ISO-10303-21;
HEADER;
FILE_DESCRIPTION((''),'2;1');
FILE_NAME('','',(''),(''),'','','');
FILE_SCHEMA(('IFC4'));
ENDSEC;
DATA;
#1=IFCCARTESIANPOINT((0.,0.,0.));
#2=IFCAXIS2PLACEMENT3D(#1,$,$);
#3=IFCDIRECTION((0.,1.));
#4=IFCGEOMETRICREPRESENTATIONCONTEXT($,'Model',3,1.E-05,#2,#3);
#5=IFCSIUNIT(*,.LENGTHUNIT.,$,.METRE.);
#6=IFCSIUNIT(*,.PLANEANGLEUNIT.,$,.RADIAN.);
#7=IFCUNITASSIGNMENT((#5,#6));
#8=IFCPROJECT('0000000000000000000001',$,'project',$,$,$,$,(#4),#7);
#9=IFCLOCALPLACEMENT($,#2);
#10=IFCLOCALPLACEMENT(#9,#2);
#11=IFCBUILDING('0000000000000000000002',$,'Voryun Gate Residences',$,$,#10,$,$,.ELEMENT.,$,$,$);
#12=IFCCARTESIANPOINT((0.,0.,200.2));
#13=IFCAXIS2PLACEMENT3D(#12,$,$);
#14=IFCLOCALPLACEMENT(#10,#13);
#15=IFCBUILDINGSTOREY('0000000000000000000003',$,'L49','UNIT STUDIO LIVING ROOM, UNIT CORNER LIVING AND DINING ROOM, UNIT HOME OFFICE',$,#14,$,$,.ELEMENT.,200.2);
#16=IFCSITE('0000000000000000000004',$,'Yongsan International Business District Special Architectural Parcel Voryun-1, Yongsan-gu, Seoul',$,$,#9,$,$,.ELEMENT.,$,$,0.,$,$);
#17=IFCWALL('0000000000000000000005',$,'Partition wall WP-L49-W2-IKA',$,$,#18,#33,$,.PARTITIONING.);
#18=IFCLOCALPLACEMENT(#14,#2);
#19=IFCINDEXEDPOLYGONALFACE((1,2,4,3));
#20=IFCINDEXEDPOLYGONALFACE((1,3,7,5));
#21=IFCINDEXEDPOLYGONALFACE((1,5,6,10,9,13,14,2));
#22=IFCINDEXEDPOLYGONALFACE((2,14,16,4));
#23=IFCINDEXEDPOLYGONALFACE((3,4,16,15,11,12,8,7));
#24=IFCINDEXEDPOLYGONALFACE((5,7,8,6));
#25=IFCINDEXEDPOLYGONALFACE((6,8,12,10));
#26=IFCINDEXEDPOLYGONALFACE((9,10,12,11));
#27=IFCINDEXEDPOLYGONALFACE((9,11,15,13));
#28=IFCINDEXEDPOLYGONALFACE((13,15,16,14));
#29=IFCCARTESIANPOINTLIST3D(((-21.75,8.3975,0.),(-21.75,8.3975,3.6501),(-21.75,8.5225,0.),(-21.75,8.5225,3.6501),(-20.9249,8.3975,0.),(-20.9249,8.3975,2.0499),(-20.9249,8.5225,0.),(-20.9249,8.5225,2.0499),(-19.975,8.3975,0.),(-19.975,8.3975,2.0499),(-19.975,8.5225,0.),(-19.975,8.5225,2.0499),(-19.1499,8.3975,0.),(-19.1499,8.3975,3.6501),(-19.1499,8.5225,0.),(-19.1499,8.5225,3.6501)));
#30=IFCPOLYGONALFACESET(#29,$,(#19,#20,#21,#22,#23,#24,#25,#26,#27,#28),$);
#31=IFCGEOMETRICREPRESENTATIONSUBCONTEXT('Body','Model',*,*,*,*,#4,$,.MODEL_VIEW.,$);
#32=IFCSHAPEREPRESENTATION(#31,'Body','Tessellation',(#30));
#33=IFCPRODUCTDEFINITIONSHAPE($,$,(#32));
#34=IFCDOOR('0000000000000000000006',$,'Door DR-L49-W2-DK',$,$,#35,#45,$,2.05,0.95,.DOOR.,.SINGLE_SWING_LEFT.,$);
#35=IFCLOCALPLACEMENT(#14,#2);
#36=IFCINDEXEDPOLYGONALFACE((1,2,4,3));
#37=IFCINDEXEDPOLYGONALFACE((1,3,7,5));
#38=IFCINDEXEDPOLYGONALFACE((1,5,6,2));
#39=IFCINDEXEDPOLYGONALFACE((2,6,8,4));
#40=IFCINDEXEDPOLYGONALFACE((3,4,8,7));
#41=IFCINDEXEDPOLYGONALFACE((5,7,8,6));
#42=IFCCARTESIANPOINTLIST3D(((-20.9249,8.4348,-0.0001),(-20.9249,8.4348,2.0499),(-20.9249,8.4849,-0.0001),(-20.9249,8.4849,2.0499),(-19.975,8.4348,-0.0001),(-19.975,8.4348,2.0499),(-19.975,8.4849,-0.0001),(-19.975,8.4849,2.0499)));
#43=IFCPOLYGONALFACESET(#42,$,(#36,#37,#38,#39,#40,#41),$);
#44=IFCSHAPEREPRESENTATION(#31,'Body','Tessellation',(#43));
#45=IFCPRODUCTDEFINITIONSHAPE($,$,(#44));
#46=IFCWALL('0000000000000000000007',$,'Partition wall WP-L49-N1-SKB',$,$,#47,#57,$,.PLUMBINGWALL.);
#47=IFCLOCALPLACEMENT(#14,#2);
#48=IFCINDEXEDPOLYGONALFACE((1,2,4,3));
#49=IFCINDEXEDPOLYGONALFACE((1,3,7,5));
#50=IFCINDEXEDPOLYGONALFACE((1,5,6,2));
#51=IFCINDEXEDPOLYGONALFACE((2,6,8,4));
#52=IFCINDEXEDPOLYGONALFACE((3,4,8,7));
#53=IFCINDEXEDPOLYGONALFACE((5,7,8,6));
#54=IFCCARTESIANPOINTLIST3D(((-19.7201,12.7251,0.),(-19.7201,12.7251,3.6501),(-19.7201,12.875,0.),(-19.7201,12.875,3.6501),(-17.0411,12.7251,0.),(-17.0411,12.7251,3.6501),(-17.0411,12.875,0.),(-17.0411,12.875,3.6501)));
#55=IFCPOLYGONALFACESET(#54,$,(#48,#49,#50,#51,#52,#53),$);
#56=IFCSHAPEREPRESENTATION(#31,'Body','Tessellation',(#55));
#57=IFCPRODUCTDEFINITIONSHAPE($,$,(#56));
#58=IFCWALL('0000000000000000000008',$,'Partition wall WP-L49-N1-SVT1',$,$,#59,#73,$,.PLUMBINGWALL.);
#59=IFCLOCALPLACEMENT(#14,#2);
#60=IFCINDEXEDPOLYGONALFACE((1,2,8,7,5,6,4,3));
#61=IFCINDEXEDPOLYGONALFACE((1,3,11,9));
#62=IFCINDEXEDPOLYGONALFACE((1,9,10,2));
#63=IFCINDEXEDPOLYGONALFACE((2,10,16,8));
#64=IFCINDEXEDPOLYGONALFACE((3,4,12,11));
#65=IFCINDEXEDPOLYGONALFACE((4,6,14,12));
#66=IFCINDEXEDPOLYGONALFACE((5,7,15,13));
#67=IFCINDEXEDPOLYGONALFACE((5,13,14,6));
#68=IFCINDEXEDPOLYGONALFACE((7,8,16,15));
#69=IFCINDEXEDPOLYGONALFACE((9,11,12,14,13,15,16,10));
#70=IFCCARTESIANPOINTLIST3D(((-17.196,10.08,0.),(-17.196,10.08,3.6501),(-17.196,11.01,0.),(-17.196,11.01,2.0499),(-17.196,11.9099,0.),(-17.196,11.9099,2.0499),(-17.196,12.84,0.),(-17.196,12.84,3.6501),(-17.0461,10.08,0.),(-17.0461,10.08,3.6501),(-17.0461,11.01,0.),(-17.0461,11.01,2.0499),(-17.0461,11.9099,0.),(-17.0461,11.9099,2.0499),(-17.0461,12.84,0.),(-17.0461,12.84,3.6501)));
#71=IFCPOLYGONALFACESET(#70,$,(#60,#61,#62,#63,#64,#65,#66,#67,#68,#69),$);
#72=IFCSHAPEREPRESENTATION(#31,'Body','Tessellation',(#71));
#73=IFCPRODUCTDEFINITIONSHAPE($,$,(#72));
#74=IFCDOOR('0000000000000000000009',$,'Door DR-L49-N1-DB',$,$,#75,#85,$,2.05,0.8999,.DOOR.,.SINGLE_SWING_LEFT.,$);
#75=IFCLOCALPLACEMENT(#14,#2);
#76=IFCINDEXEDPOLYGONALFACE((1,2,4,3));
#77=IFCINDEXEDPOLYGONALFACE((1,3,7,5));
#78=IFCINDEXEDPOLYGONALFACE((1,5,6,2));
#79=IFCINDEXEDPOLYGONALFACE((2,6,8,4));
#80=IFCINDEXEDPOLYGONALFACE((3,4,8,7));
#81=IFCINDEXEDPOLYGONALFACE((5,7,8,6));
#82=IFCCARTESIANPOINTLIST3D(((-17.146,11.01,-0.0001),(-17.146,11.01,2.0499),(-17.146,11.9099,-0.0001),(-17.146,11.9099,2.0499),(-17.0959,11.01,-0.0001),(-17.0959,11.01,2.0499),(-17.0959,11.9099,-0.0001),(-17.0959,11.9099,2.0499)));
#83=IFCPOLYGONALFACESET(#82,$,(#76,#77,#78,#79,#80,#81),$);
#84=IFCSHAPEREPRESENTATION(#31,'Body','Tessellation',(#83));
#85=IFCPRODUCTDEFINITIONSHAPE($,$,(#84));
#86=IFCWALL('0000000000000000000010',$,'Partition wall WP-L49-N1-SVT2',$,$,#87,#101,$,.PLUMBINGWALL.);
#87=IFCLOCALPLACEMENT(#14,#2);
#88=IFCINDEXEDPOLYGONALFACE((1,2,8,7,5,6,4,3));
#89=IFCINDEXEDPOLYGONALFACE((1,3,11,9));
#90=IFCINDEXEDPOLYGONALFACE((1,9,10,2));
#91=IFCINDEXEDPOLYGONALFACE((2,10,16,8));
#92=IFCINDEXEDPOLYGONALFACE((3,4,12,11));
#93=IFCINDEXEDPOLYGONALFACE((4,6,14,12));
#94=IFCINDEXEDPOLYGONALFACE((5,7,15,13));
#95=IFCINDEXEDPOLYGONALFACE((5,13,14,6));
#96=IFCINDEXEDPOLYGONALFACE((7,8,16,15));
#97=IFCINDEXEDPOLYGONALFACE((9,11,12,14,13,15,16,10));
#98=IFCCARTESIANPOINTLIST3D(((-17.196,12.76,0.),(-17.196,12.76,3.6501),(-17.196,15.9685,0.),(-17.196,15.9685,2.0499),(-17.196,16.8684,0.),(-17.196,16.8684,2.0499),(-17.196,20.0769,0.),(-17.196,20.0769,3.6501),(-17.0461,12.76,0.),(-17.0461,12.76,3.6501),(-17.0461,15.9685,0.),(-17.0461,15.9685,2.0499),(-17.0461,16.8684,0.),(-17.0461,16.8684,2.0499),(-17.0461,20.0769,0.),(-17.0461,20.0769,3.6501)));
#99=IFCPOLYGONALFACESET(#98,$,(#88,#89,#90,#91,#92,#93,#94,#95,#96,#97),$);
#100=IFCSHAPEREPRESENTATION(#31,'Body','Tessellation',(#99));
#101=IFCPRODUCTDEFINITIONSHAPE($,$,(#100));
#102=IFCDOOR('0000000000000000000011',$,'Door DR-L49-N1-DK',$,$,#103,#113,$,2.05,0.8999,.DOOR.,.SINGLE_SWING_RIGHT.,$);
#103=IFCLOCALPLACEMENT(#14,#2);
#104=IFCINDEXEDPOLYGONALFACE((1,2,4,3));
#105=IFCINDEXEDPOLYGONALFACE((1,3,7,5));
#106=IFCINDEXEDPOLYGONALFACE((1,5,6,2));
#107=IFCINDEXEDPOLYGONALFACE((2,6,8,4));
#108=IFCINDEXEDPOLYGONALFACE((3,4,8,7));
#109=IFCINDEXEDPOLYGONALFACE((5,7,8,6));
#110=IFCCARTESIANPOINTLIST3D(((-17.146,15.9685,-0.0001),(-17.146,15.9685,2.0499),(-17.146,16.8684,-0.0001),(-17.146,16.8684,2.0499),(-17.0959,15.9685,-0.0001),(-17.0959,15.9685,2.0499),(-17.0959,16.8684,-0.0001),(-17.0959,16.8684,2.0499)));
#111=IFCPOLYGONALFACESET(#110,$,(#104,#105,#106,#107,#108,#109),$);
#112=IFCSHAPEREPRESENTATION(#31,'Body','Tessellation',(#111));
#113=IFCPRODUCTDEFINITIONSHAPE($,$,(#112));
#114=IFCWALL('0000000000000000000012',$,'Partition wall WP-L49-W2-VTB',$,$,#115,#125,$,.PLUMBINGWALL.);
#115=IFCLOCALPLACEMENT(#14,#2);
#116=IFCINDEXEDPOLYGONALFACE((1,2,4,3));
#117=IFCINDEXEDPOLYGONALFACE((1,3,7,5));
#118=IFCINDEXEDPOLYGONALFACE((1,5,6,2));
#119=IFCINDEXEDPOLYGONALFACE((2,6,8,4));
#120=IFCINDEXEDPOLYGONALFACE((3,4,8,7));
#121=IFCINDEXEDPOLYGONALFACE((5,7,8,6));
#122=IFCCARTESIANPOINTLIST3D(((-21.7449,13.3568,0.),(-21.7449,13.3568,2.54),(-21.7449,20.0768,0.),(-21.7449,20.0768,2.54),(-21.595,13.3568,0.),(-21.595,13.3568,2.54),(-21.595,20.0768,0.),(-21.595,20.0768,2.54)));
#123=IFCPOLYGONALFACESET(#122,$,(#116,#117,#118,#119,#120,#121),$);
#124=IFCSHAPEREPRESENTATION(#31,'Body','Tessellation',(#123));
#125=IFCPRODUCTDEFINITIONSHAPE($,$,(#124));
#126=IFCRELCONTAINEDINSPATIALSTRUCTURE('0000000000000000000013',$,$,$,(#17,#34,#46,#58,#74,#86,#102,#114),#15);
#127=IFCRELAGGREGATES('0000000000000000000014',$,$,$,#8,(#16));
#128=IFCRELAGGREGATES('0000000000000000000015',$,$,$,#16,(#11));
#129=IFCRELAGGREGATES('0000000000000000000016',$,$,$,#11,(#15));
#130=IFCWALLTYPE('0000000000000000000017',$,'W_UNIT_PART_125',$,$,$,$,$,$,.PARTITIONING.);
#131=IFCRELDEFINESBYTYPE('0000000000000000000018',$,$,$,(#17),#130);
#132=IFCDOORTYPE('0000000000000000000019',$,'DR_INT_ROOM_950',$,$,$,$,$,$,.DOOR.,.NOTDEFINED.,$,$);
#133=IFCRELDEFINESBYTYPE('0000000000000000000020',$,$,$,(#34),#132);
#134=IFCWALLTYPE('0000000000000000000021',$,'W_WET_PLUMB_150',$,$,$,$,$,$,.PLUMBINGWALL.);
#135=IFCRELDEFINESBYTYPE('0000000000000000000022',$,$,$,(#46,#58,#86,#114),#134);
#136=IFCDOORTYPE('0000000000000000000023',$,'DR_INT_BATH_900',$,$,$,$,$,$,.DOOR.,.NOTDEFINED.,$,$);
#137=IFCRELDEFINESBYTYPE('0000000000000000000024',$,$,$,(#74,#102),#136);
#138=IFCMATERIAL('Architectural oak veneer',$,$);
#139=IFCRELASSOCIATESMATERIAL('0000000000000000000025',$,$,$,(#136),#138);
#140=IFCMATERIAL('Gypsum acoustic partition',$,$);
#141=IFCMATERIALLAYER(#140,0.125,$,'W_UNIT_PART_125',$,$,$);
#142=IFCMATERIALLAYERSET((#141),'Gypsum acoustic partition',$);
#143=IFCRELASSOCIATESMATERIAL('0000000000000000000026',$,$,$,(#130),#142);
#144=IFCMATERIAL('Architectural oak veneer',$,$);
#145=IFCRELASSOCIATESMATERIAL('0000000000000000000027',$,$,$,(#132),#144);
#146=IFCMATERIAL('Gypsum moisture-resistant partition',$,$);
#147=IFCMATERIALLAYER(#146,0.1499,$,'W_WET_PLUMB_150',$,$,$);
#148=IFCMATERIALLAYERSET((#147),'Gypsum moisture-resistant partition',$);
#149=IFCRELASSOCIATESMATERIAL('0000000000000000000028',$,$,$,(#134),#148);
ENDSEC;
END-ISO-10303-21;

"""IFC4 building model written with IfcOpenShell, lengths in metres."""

from ifc_helpers import new_model, si_unit, direction, frame, frame_2d, origin, place, context, subcontext, project, spatial, rectangle, extrude, material, layer, layer_set, type_object, element, fill, save


model = new_model("IFC4")

# Units and contexts
model_context = context("Model", 3, precision=1e-05, world=origin(), true_north=direction((0.0, 1.0)))
body_context = subcontext(model_context, "Body", "Model", "MODEL_VIEW")
ifc_project = project(units=[si_unit("LENGTHUNIT", "METRE"), si_unit("PLANEANGLEUNIT", "RADIAN")], contexts=[model_context])

# Site, building, storey
site_placement = place(None, origin())
site = spatial("IfcSite", under=ifc_project, at=site_placement, Name="Yongsan International Business District Special Architectural Parcel Voryun-1, Yongsan-gu, Seoul", CompositionType="ELEMENT", RefElevation=0.0)
building_placement = place(site_placement, origin())
building = spatial("IfcBuilding", under=site, at=building_placement, Name="Voryun Gate Residences", CompositionType="ELEMENT")
storey_placement = place(building_placement, frame((0.0, 0.0, 200.2)))
storey = spatial("IfcBuildingStorey", under=building, at=storey_placement, Name="L49", Description="UNIT STUDIO LIVING ROOM, UNIT CORNER LIVING AND DINING ROOM, UNIT HOME OFFICE", CompositionType="ELEMENT", Elevation=200.2)

# Shared definitions
ifc_material_1 = material(Name="Architectural oak veneer")
door_type_1 = type_object("IfcDoorType", Name="DR_INT_BATH_900", OperationType="NOTDEFINED", PredefinedType="DOOR", material=ifc_material_1)

# Wall, opening, door
ifc_material_2 = material(Name="Gypsum acoustic partition")
ifc_layer_1 = layer(ifc_material_2, 0.125, Name="W_UNIT_PART_125")
ifc_layer_set_1 = layer_set([ifc_layer_1], Name="Gypsum acoustic partition")
wall_type_1 = type_object("IfcWallType", Name="W_UNIT_PART_125", PredefinedType="PARTITIONING", material=ifc_layer_set_1)
wall_1_placement = place(storey_placement, frame((-21.75, 8.46, 0.0), z_axis=(0.0, 0.0, 1.0), x_axis=(1.0, 0.0, 0.0)))
wall_1 = element("IfcWall", 1, at=wall_1_placement, inside=storey, type_object=wall_type_1, Name="Partition wall WP-L49-W2-IKA", PredefinedType="PARTITIONING", context=body_context, shape_type="SweptSolid", body=[
    extrude(rectangle(XDim=2.6001, YDim=0.125, at=frame_2d((1.3, 0.0))), origin(), (0.0, 0.0, 1.0), 3.6501),
])
opening_1_placement = place(wall_1_placement, frame((0.825, 0.0, 0.0)))
opening_1 = element("IfcOpeningElement", 2, at=opening_1_placement, cuts=wall_1, PredefinedType="OPENING", context=body_context, shape_type="SweptSolid", body=[
    extrude(rectangle(XDim=0.95, YDim=2.05, at=frame_2d((0.4751, 1.0249))), frame((0.0, 0.0725, 0.0), z_axis=(0.0, -1.0, 0.0), x_axis=(1.0, 0.0, 0.0)), (0.0, 0.0, 1.0), 0.145),
])
ifc_material_3 = material(Name="Architectural oak veneer")
door_type_2 = type_object("IfcDoorType", Name="DR_INT_ROOM_950", OperationType="NOTDEFINED", PredefinedType="DOOR", material=ifc_material_3)
door_1_placement = place(opening_1_placement, origin())
door_1 = element("IfcDoor", 3, at=door_1_placement, inside=storey, type_object=door_type_2, Name="Door DR-L49-W2-DK", OperationType="SINGLE_SWING_LEFT", OverallHeight=2.05, OverallWidth=0.95, PredefinedType="DOOR", context=body_context, shape_type="SweptSolid", body=[
    extrude(rectangle(XDim=0.95, YDim=2.05, at=frame_2d((0.4751, 1.0249))), frame((0.0, 0.0249, 0.0), z_axis=(0.0, -1.0, 0.0), x_axis=(1.0, 0.0, 0.0)), (0.0, 0.0, 1.0), 0.05),
])
fill(opening_1, door_1)

# Wall
ifc_material_4 = material(Name="Gypsum moisture-resistant partition")
ifc_layer_2 = layer(ifc_material_4, 0.1499, Name="W_WET_PLUMB_150")
ifc_layer_set_2 = layer_set([ifc_layer_2], Name="Gypsum moisture-resistant partition")
wall_type_2 = type_object("IfcWallType", Name="W_WET_PLUMB_150", PredefinedType="PLUMBINGWALL", material=ifc_layer_set_2)
wall_2_placement = place(storey_placement, frame((-19.72, 12.8, 0.0), z_axis=(0.0, 0.0, 1.0), x_axis=(1.0, 0.0, 0.0)))
element("IfcWall", 4, at=wall_2_placement, inside=storey, type_object=wall_type_2, Name="Partition wall WP-L49-N1-SKB", PredefinedType="PLUMBINGWALL", context=body_context, shape_type="SweptSolid", body=[
    extrude(rectangle(XDim=2.679, YDim=0.1499, at=frame_2d((1.3394, 0.0))), origin(), (0.0, 0.0, 1.0), 3.6501),
])

# Walls, openings, doors
wall_3_placement = place(storey_placement, frame((-17.1211, 10.0801, 0.0), z_axis=(0.0, 0.0, 1.0), x_axis=(0.0, 1.0, 0.0)))
wall_3 = element("IfcWall", 5, at=wall_3_placement, inside=storey, type_object=wall_type_2, Name="Partition wall WP-L49-N1-SVT1", PredefinedType="PLUMBINGWALL", context=body_context, shape_type="SweptSolid", body=[
    extrude(rectangle(XDim=2.76, YDim=0.1499, at=frame_2d((1.3799, 0.0))), origin(), (0.0, 0.0, 1.0), 3.6501),
])
opening_2_placement = place(wall_3_placement, frame((0.9299, 0.0, 0.0)))
opening_2 = element("IfcOpeningElement", 6, at=opening_2_placement, cuts=wall_3, PredefinedType="OPENING", context=body_context, shape_type="SweptSolid", body=[
    extrude(rectangle(XDim=0.8999, YDim=2.05, at=frame_2d((0.45, 1.0249))), frame((0.0, 0.085, 0.0), z_axis=(0.0, -1.0, 0.0), x_axis=(1.0, 0.0, 0.0)), (0.0, 0.0, 1.0), 0.1699),
])
door_2_placement = place(opening_2_placement, origin())
door_2 = element("IfcDoor", 7, at=door_2_placement, inside=storey, type_object=door_type_1, Name="Door DR-L49-N1-DB", OperationType="SINGLE_SWING_LEFT", OverallHeight=2.05, OverallWidth=0.8999, PredefinedType="DOOR", context=body_context, shape_type="SweptSolid", body=[
    extrude(rectangle(XDim=0.8999, YDim=2.05, at=frame_2d((0.45, 1.0249))), frame((0.0, 0.0249, 0.0), z_axis=(0.0, -1.0, 0.0), x_axis=(1.0, 0.0, 0.0)), (0.0, 0.0, 1.0), 0.05),
])
fill(opening_2, door_2)
wall_4_placement = place(storey_placement, frame((-17.1211, 12.76, 0.0), z_axis=(0.0, 0.0, 1.0), x_axis=(0.0, 1.0, 0.0)))
wall_4 = element("IfcWall", 8, at=wall_4_placement, inside=storey, type_object=wall_type_2, Name="Partition wall WP-L49-N1-SVT2", PredefinedType="PLUMBINGWALL", context=body_context, shape_type="SweptSolid", body=[
    extrude(rectangle(XDim=7.3169, YDim=0.1499, at=frame_2d((3.6584, 0.0))), origin(), (0.0, 0.0, 1.0), 3.6501),
])
opening_3_placement = place(wall_4_placement, frame((3.2085, 0.0, 0.0)))
opening_3 = element("IfcOpeningElement", 9, at=opening_3_placement, cuts=wall_4, PredefinedType="OPENING", context=body_context, shape_type="SweptSolid", body=[
    extrude(rectangle(XDim=0.8999, YDim=2.05, at=frame_2d((0.45, 1.0249))), frame((0.0, 0.085, 0.0), z_axis=(0.0, -1.0, 0.0), x_axis=(1.0, 0.0, 0.0)), (0.0, 0.0, 1.0), 0.1699),
])
door_3_placement = place(opening_3_placement, origin())
door_3 = element("IfcDoor", 10, at=door_3_placement, inside=storey, type_object=door_type_1, Name="Door DR-L49-N1-DK", OperationType="SINGLE_SWING_RIGHT", OverallHeight=2.05, OverallWidth=0.8999, PredefinedType="DOOR", context=body_context, shape_type="SweptSolid", body=[
    extrude(rectangle(XDim=0.8999, YDim=2.05, at=frame_2d((0.45, 1.0249))), frame((0.0, 0.0249, 0.0), z_axis=(0.0, -1.0, 0.0), x_axis=(1.0, 0.0, 0.0)), (0.0, 0.0, 1.0), 0.05),
])
fill(opening_3, door_3)

# Wall
wall_5_placement = place(storey_placement, frame((-21.6699, 13.3569, 0.0), z_axis=(0.0, 0.0, 1.0), x_axis=(0.0, 1.0, 0.0)))
element("IfcWall", 11, at=wall_5_placement, inside=storey, type_object=wall_type_2, Name="Partition wall WP-L49-W2-VTB", PredefinedType="PLUMBINGWALL", context=body_context, shape_type="SweptSolid", body=[
    extrude(rectangle(XDim=6.72, YDim=0.1499, at=frame_2d((3.3599, 0.0))), origin(), (0.0, 0.0, 1.0), 2.54),
])

save(model, "model.ifc")
